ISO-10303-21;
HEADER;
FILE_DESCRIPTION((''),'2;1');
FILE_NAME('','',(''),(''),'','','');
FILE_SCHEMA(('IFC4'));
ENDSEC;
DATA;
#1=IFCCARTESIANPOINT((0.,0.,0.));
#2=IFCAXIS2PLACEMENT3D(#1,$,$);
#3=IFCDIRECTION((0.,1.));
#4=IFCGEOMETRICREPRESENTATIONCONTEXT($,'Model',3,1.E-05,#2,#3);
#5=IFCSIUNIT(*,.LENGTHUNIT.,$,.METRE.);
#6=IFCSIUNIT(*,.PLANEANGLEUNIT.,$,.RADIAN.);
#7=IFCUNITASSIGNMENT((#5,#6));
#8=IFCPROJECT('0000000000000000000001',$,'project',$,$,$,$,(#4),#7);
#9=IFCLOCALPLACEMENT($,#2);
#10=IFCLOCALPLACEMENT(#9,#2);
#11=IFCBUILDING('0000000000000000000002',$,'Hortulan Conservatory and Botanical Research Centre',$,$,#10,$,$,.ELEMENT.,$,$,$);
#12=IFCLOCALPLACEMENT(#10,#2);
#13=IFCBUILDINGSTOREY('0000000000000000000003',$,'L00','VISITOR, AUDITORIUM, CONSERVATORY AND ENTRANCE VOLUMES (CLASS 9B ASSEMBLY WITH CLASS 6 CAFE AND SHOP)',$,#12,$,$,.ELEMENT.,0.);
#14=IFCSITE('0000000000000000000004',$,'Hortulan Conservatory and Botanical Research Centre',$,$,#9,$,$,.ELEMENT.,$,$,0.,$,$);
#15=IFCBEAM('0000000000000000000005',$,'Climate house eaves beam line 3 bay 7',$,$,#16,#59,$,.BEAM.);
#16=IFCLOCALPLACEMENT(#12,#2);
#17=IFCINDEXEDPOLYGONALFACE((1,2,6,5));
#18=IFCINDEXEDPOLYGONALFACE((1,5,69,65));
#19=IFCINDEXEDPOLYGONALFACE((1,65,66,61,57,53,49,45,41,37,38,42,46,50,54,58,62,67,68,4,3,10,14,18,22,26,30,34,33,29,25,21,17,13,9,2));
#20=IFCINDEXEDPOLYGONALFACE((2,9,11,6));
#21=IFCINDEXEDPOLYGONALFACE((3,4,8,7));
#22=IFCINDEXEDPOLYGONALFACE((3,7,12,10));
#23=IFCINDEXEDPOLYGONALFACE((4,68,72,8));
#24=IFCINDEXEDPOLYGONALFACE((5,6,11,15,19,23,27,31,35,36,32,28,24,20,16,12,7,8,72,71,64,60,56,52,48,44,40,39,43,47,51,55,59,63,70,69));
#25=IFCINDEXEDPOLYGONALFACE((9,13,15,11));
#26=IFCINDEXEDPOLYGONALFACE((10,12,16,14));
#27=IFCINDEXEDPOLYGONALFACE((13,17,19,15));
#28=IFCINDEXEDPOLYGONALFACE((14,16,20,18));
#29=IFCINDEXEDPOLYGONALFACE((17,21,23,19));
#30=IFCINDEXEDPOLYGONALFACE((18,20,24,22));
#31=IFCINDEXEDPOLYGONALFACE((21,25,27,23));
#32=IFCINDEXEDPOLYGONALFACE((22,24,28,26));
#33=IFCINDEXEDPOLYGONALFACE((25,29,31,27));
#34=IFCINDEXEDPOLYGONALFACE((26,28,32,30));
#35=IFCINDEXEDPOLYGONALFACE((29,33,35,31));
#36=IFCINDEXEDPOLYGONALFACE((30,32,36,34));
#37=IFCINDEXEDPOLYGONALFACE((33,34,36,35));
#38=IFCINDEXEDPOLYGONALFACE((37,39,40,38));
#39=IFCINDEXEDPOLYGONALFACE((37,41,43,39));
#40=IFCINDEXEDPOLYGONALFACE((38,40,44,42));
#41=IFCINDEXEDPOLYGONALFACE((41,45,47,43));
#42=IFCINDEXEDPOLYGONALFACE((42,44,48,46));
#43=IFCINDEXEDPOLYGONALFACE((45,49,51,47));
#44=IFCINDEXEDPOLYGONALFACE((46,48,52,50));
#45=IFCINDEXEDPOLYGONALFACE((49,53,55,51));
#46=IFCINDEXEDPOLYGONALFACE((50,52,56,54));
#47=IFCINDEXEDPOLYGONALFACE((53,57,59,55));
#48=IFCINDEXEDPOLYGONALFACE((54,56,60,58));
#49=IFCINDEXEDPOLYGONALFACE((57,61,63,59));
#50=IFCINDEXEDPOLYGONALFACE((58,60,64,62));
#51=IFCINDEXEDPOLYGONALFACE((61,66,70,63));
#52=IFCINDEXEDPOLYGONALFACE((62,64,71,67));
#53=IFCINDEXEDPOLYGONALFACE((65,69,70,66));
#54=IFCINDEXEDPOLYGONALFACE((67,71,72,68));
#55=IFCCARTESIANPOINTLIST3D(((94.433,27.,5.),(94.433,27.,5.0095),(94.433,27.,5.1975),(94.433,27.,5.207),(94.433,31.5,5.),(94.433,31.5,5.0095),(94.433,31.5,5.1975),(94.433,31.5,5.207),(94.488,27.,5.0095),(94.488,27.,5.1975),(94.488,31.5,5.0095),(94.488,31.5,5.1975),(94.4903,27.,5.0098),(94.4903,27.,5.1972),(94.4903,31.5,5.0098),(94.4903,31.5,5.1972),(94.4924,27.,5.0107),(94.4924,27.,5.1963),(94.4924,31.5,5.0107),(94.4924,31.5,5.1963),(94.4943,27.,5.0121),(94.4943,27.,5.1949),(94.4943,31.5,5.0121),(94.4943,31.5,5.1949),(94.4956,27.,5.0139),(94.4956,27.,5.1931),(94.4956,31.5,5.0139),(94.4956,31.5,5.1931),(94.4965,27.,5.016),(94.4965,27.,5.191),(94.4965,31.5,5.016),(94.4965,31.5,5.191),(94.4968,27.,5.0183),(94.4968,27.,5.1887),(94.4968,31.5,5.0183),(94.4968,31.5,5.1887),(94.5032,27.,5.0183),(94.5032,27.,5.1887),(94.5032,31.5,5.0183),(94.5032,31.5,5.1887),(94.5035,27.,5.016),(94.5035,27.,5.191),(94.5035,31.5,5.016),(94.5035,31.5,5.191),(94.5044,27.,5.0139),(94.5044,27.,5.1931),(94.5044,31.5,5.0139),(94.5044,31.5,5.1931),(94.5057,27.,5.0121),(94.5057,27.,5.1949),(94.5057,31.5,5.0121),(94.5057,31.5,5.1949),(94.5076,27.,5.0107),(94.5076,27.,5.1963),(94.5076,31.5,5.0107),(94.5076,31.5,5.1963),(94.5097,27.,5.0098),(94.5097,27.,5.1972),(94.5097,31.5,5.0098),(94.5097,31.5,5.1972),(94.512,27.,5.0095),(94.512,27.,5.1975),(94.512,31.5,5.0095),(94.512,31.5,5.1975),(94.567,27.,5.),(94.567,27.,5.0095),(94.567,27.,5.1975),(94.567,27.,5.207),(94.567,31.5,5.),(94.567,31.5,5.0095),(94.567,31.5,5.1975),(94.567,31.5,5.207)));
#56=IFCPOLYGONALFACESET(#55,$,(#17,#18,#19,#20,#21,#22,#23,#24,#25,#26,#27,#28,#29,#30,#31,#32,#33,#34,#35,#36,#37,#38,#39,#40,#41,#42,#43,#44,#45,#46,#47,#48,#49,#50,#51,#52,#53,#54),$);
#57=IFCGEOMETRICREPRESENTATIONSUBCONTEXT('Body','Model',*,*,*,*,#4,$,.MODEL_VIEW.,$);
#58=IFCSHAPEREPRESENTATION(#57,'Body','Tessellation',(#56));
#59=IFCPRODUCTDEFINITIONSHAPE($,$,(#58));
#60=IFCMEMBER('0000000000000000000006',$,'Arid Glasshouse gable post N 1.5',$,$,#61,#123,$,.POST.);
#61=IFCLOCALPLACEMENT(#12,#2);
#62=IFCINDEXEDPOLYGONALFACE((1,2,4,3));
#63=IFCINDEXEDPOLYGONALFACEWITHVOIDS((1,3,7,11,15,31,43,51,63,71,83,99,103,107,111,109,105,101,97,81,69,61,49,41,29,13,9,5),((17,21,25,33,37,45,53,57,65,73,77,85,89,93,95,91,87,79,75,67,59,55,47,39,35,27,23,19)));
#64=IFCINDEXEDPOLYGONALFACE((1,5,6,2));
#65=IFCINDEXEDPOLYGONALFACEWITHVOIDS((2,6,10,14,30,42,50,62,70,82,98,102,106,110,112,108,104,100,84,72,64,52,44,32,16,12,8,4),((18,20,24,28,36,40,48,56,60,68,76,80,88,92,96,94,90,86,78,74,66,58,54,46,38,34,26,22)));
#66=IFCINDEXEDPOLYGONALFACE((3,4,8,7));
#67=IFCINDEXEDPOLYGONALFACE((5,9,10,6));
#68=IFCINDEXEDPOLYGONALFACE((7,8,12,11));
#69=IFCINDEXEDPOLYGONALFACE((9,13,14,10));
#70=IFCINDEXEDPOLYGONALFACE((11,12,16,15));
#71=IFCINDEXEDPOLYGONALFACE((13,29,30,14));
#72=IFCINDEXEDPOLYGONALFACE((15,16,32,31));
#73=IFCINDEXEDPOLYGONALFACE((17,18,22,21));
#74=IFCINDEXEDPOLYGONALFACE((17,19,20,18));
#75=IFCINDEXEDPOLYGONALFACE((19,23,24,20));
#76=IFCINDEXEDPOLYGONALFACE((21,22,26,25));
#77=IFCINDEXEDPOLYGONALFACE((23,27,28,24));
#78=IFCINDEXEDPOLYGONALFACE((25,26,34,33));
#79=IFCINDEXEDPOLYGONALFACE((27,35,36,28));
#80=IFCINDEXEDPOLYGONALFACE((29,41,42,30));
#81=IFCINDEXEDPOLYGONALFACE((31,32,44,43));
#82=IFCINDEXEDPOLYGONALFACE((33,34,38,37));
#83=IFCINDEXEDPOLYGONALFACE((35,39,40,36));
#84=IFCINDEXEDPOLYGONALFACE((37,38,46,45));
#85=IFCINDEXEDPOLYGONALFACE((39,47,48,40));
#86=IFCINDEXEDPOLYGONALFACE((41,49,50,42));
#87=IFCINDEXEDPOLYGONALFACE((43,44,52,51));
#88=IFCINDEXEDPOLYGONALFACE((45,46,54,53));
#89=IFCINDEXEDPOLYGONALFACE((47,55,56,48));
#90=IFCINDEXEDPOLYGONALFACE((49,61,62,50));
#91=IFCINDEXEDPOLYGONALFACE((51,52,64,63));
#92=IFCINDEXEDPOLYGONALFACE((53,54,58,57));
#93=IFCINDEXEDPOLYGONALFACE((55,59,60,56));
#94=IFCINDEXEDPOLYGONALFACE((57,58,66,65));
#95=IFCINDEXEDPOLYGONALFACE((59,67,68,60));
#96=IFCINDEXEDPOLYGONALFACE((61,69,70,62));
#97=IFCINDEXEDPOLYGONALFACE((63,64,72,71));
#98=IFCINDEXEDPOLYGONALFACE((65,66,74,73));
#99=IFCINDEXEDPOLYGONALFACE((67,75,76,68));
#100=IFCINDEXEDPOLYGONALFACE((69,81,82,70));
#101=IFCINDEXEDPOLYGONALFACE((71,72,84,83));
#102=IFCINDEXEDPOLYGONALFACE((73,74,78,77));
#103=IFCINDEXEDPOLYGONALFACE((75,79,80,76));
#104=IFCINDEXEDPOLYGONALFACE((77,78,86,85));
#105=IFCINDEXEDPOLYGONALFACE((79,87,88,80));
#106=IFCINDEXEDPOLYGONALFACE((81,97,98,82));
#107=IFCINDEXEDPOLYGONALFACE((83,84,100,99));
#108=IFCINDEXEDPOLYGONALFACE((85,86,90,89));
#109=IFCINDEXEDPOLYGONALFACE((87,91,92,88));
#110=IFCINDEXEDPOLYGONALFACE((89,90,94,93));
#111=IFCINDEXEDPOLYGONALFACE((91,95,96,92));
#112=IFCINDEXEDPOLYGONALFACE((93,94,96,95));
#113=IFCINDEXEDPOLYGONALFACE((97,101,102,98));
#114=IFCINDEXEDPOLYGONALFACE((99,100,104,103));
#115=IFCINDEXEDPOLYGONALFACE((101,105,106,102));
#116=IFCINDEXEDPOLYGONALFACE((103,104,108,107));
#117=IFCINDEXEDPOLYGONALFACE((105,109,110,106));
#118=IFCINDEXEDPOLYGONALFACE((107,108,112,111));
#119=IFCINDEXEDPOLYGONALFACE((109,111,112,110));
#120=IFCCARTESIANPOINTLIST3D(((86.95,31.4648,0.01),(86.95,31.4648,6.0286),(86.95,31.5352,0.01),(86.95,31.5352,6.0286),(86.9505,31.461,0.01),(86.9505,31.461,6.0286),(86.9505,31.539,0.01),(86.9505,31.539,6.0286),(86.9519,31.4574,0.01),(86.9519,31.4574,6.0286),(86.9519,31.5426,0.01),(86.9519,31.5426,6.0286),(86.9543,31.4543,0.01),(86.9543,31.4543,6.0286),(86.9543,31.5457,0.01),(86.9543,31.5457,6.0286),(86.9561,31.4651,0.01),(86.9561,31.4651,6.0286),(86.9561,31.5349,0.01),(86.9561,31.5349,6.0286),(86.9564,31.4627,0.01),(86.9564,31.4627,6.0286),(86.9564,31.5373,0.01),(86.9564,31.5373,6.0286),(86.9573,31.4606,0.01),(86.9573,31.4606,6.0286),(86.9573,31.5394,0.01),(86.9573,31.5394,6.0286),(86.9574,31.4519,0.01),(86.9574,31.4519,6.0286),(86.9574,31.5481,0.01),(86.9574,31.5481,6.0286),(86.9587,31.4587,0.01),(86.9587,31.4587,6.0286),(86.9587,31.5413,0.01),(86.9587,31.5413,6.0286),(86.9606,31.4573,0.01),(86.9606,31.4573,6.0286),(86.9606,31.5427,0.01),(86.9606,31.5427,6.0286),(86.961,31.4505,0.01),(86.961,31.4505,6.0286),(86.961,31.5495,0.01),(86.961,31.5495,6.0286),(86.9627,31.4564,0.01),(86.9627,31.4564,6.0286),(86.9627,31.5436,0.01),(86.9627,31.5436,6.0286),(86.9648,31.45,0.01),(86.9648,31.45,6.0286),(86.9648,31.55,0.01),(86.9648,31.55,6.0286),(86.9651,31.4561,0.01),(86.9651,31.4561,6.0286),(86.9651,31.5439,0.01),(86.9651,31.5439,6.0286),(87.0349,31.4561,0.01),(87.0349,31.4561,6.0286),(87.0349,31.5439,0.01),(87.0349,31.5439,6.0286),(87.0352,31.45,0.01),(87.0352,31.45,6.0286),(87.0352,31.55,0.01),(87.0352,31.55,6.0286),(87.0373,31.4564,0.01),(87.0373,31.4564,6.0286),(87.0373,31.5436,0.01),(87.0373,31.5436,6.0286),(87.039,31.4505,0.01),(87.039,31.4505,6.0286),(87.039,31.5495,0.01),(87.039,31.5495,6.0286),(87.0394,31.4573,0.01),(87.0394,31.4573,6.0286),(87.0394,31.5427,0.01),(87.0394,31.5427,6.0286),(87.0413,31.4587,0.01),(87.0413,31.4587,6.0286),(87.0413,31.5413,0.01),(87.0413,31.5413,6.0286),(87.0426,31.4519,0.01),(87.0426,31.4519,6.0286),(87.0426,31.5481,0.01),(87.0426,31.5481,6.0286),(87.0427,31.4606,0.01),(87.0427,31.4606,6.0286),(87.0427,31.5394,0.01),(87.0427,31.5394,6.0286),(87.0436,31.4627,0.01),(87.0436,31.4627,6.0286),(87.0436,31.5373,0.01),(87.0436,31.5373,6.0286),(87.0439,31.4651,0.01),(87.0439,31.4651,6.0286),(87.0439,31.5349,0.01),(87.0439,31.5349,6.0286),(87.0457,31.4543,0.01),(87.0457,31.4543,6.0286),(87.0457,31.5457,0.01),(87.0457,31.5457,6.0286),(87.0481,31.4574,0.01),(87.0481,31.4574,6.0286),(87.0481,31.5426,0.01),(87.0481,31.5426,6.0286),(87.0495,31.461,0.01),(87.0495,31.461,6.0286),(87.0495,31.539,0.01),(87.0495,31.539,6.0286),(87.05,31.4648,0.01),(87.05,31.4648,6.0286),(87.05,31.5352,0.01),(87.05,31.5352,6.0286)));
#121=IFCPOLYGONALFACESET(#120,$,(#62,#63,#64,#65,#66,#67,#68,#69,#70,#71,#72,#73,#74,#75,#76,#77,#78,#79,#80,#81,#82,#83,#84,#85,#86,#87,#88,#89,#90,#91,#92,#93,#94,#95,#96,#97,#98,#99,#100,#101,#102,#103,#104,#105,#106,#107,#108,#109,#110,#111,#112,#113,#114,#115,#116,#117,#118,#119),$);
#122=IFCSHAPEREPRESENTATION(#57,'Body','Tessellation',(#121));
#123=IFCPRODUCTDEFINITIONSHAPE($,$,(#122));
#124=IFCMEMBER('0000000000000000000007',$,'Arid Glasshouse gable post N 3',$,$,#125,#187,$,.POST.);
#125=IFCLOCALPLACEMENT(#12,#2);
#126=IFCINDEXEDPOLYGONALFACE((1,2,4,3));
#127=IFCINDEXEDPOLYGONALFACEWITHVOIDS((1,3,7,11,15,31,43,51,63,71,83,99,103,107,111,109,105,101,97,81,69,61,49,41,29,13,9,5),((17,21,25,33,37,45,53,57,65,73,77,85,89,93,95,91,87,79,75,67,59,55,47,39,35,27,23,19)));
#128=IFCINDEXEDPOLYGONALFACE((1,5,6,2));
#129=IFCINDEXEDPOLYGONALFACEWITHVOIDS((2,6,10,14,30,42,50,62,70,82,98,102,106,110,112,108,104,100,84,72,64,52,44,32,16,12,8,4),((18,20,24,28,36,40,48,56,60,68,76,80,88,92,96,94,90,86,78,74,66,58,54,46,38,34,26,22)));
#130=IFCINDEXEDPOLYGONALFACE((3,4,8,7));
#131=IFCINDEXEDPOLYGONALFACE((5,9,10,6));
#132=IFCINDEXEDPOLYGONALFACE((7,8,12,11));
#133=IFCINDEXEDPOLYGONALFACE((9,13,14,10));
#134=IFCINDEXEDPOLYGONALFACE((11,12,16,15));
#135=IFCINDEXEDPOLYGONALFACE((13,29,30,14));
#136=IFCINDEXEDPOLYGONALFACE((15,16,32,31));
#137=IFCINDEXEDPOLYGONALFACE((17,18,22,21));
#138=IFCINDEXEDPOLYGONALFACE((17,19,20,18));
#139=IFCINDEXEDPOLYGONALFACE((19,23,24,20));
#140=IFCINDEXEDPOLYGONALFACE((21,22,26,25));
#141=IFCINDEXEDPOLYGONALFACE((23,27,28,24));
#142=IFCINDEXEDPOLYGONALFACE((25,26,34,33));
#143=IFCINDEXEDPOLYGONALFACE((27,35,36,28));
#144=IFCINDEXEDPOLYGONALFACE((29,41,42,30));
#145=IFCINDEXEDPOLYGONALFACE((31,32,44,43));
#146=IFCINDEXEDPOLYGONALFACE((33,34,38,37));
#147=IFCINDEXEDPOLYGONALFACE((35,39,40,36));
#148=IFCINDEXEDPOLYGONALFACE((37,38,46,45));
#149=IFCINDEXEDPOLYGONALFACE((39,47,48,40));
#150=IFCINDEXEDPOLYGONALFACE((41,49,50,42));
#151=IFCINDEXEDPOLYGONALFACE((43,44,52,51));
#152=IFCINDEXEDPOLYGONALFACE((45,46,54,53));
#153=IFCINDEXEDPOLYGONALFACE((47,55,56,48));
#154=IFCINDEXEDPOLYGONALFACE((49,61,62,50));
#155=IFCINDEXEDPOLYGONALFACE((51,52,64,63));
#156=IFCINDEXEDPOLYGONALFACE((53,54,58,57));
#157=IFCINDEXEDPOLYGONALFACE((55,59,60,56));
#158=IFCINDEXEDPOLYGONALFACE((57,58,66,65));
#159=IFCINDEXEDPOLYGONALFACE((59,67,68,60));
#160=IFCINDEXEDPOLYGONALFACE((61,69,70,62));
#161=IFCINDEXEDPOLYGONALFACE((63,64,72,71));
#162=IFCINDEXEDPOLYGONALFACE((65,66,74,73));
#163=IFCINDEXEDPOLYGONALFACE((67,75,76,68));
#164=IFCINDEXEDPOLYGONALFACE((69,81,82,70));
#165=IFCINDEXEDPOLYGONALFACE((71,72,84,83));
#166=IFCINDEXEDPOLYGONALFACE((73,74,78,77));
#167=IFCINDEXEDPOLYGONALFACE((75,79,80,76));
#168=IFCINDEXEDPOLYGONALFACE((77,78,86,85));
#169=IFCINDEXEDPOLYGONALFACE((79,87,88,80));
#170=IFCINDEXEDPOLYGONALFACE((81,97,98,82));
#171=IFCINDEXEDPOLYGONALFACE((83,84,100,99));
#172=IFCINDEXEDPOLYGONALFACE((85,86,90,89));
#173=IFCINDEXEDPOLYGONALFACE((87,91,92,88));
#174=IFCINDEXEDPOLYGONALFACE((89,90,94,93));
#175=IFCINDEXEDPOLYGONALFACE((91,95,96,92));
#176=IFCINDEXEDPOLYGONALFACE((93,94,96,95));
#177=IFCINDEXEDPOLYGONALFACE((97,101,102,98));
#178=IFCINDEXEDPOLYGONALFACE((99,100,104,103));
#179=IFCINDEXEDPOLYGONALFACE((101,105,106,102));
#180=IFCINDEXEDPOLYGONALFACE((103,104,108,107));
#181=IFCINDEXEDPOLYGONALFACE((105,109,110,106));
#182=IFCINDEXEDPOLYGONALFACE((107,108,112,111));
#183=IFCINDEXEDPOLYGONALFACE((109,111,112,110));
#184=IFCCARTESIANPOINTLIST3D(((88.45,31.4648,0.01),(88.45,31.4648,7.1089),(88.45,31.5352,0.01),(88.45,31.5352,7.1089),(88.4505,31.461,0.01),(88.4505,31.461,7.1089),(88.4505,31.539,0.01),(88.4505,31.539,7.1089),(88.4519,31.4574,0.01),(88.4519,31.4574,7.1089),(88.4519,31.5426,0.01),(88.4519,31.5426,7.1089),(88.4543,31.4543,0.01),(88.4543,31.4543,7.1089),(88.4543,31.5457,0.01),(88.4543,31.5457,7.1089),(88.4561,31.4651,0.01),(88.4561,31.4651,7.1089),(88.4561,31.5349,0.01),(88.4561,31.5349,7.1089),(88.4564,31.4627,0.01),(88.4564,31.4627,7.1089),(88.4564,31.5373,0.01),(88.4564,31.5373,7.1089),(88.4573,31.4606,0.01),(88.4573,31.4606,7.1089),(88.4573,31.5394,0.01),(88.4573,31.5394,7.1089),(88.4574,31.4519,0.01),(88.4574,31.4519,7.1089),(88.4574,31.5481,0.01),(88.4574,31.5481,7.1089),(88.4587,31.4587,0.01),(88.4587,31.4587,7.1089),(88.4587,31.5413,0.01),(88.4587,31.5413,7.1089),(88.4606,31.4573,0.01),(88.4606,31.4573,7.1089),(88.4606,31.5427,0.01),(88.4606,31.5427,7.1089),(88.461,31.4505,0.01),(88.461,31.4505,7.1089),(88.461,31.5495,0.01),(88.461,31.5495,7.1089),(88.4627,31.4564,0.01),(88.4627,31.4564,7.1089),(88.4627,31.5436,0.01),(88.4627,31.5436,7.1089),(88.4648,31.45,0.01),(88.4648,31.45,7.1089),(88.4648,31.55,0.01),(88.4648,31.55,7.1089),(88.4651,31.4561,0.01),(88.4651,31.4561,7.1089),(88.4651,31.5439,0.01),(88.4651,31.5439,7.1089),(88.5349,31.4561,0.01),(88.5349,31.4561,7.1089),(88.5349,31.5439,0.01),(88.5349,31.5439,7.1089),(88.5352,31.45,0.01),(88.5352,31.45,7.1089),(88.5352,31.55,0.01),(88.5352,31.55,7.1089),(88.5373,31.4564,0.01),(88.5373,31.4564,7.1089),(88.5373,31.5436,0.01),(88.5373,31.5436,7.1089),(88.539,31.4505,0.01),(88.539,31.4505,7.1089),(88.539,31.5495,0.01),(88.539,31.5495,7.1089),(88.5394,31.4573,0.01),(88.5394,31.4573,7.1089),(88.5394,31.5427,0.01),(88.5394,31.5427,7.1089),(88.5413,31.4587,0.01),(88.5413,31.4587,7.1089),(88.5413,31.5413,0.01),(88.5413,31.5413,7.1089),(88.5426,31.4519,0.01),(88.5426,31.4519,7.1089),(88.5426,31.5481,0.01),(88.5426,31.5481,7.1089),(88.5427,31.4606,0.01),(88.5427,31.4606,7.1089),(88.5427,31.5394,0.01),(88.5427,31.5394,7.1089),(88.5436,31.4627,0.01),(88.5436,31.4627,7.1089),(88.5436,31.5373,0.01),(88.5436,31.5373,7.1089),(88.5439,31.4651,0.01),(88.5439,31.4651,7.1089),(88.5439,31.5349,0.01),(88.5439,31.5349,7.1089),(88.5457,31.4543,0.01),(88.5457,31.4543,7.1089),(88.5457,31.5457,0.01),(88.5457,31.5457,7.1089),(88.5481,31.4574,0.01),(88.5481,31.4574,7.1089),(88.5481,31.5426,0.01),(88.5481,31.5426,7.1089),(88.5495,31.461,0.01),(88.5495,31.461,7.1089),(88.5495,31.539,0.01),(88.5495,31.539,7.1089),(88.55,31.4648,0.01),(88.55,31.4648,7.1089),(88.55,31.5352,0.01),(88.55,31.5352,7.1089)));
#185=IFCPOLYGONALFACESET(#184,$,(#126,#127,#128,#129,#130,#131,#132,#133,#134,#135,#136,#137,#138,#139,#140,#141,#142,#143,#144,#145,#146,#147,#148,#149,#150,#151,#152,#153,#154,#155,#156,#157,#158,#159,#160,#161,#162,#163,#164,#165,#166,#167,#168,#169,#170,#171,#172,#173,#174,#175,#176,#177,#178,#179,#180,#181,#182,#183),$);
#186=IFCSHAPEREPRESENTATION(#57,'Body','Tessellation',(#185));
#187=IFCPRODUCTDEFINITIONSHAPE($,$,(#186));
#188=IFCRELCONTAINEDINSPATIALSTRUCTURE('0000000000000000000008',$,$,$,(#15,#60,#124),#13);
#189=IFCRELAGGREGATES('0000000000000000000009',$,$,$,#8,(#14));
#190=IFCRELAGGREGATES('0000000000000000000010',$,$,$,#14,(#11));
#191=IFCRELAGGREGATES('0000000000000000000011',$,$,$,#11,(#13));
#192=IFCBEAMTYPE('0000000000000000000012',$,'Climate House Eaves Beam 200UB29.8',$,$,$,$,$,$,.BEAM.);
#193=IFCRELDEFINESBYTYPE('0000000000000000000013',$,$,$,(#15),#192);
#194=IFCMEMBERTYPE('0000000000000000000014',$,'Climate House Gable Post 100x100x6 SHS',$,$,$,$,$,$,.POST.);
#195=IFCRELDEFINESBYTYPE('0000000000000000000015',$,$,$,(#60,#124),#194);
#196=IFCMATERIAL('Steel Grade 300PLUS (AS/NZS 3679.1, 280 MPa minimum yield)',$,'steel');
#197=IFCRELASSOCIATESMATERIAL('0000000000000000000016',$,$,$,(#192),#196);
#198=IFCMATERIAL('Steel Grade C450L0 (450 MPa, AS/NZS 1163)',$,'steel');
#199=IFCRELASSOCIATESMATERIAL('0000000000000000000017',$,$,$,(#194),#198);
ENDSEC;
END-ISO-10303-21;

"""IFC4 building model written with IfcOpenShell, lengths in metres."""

from ifc_helpers import new_model, si_unit, direction, frame, origin, origin_2d, place, context, subcontext, project, spatial, hollow_rectangle, i_section, extrude, material, material_profile, profile_set, type_object, element, save


model = new_model("IFC4")

# Units and contexts
model_context = context("Model", 3, precision=1e-05, world=origin(), true_north=direction((0.0, 1.0)))
body_context = subcontext(model_context, "Body", "Model", "MODEL_VIEW")
ifc_project = project(units=[si_unit("LENGTHUNIT", "METRE"), si_unit("PLANEANGLEUNIT", "RADIAN")], contexts=[model_context])

# Site, building, storey
site_placement = place(None, origin())
site = spatial("IfcSite", under=ifc_project, at=site_placement, Name="Hortulan Conservatory and Botanical Research Centre", CompositionType="ELEMENT", RefElevation=0.0)
building_placement = place(site_placement, origin())
building = spatial("IfcBuilding", under=site, at=building_placement, Name="Hortulan Conservatory and Botanical Research Centre", CompositionType="ELEMENT")
storey_placement = place(building_placement, origin())
storey = spatial("IfcBuildingStorey", under=building, at=storey_placement, Name="L00", Description="VISITOR, AUDITORIUM, CONSERVATORY AND ENTRANCE VOLUMES (CLASS 9B ASSEMBLY WITH CLASS 6 CAFE AND SHOP)", CompositionType="ELEMENT", Elevation=0.0)

# Shared definitions
ifc_material_1 = material(Name="Steel Grade 300PLUS (AS/NZS 3679.1, 280 MPa minimum yield)", Category="steel")

# Beam
ifc_material_profile_1 = material_profile(ifc_material_1, i_section(OverallWidth=0.134, OverallDepth=0.207, WebThickness=0.0063, FlangeThickness=0.0095, FilletRadius=0.0088, at=origin_2d()), Name="200UB29.8")
ifc_profile_set_1 = profile_set([ifc_material_profile_1], Name="Steel Grade 300PLUS (AS/NZS 3679.1, 280 MPa minimum yield)")
beam_type_1 = type_object("IfcBeamType", Name="Climate House Eaves Beam 200UB29.8", PredefinedType="BEAM", material=ifc_profile_set_1)
for number, where, z_axis, x_axis, name in (
    (1, (94.5, 27.0, 5.1035), (0.0, 1.0, 0.0), (-1.0, 0.0, 0.0), "Climate house eaves beam line 3 bay 7"),
):
    element("IfcBeam", number, at=place(storey_placement, frame(where, z_axis=z_axis, x_axis=x_axis)), inside=storey, type_object=beam_type_1, Name=name, PredefinedType="BEAM", context=body_context, shape_type="SweptSolid", body=[
        extrude(i_section(OverallWidth=0.134, OverallDepth=0.207, WebThickness=0.0063, FlangeThickness=0.0095, FilletRadius=0.0088, at=origin_2d()), origin(), (0.0, 0.0, 1.0), 4.5),
    ])

# Members
ifc_material_2 = material(Name="Steel Grade C450L0 (450 MPa, AS/NZS 1163)", Category="steel")
ifc_material_profile_2 = material_profile(ifc_material_2, hollow_rectangle(XDim=0.1001, YDim=0.1001, WallThickness=0.0061, InnerFilletRadius=0.009, OuterFilletRadius=0.0149, at=origin_2d()), Name="100x100x6SHS")
ifc_profile_set_2 = profile_set([ifc_material_profile_2], Name="Steel Grade C450L0 (450 MPa, AS/NZS 1163)")
member_type = type_object("IfcMemberType", Name="Climate House Gable Post 100x100x6 SHS", PredefinedType="POST", material=ifc_profile_set_2)
member_1_placement = place(storey_placement, frame((87.0, 31.5, 0.01), z_axis=(0.0, 0.0, 1.0), x_axis=(1.0, 0.0, 0.0)))
element("IfcMember", 2, at=member_1_placement, inside=storey, type_object=member_type, Name="Arid Glasshouse gable post N 1.5", PredefinedType="POST", context=body_context, shape_type="SweptSolid", body=[
    extrude(hollow_rectangle(XDim=0.1001, YDim=0.1001, WallThickness=0.0061, InnerFilletRadius=0.009, OuterFilletRadius=0.0149, at=origin_2d()), origin(), (0.0, 0.0, 1.0), 6.0186),
])
for number, where, z_axis, x_axis, name in (
    (3, (88.5, 31.5, 0.01), (0.0, 0.0, 1.0), (1.0, 0.0, 0.0), "Arid Glasshouse gable post N 3"),
):
    element("IfcMember", number, at=place(storey_placement, frame(where, z_axis=z_axis, x_axis=x_axis)), inside=storey, type_object=member_type, Name=name, PredefinedType="POST", context=body_context, shape_type="SweptSolid", body=[
        extrude(hollow_rectangle(XDim=0.1001, YDim=0.1001, WallThickness=0.0061, InnerFilletRadius=0.009, OuterFilletRadius=0.0149, at=origin_2d()), origin(), (0.0, 0.0, 1.0), 7.0989),
    ])

save(model, "model.ifc")
